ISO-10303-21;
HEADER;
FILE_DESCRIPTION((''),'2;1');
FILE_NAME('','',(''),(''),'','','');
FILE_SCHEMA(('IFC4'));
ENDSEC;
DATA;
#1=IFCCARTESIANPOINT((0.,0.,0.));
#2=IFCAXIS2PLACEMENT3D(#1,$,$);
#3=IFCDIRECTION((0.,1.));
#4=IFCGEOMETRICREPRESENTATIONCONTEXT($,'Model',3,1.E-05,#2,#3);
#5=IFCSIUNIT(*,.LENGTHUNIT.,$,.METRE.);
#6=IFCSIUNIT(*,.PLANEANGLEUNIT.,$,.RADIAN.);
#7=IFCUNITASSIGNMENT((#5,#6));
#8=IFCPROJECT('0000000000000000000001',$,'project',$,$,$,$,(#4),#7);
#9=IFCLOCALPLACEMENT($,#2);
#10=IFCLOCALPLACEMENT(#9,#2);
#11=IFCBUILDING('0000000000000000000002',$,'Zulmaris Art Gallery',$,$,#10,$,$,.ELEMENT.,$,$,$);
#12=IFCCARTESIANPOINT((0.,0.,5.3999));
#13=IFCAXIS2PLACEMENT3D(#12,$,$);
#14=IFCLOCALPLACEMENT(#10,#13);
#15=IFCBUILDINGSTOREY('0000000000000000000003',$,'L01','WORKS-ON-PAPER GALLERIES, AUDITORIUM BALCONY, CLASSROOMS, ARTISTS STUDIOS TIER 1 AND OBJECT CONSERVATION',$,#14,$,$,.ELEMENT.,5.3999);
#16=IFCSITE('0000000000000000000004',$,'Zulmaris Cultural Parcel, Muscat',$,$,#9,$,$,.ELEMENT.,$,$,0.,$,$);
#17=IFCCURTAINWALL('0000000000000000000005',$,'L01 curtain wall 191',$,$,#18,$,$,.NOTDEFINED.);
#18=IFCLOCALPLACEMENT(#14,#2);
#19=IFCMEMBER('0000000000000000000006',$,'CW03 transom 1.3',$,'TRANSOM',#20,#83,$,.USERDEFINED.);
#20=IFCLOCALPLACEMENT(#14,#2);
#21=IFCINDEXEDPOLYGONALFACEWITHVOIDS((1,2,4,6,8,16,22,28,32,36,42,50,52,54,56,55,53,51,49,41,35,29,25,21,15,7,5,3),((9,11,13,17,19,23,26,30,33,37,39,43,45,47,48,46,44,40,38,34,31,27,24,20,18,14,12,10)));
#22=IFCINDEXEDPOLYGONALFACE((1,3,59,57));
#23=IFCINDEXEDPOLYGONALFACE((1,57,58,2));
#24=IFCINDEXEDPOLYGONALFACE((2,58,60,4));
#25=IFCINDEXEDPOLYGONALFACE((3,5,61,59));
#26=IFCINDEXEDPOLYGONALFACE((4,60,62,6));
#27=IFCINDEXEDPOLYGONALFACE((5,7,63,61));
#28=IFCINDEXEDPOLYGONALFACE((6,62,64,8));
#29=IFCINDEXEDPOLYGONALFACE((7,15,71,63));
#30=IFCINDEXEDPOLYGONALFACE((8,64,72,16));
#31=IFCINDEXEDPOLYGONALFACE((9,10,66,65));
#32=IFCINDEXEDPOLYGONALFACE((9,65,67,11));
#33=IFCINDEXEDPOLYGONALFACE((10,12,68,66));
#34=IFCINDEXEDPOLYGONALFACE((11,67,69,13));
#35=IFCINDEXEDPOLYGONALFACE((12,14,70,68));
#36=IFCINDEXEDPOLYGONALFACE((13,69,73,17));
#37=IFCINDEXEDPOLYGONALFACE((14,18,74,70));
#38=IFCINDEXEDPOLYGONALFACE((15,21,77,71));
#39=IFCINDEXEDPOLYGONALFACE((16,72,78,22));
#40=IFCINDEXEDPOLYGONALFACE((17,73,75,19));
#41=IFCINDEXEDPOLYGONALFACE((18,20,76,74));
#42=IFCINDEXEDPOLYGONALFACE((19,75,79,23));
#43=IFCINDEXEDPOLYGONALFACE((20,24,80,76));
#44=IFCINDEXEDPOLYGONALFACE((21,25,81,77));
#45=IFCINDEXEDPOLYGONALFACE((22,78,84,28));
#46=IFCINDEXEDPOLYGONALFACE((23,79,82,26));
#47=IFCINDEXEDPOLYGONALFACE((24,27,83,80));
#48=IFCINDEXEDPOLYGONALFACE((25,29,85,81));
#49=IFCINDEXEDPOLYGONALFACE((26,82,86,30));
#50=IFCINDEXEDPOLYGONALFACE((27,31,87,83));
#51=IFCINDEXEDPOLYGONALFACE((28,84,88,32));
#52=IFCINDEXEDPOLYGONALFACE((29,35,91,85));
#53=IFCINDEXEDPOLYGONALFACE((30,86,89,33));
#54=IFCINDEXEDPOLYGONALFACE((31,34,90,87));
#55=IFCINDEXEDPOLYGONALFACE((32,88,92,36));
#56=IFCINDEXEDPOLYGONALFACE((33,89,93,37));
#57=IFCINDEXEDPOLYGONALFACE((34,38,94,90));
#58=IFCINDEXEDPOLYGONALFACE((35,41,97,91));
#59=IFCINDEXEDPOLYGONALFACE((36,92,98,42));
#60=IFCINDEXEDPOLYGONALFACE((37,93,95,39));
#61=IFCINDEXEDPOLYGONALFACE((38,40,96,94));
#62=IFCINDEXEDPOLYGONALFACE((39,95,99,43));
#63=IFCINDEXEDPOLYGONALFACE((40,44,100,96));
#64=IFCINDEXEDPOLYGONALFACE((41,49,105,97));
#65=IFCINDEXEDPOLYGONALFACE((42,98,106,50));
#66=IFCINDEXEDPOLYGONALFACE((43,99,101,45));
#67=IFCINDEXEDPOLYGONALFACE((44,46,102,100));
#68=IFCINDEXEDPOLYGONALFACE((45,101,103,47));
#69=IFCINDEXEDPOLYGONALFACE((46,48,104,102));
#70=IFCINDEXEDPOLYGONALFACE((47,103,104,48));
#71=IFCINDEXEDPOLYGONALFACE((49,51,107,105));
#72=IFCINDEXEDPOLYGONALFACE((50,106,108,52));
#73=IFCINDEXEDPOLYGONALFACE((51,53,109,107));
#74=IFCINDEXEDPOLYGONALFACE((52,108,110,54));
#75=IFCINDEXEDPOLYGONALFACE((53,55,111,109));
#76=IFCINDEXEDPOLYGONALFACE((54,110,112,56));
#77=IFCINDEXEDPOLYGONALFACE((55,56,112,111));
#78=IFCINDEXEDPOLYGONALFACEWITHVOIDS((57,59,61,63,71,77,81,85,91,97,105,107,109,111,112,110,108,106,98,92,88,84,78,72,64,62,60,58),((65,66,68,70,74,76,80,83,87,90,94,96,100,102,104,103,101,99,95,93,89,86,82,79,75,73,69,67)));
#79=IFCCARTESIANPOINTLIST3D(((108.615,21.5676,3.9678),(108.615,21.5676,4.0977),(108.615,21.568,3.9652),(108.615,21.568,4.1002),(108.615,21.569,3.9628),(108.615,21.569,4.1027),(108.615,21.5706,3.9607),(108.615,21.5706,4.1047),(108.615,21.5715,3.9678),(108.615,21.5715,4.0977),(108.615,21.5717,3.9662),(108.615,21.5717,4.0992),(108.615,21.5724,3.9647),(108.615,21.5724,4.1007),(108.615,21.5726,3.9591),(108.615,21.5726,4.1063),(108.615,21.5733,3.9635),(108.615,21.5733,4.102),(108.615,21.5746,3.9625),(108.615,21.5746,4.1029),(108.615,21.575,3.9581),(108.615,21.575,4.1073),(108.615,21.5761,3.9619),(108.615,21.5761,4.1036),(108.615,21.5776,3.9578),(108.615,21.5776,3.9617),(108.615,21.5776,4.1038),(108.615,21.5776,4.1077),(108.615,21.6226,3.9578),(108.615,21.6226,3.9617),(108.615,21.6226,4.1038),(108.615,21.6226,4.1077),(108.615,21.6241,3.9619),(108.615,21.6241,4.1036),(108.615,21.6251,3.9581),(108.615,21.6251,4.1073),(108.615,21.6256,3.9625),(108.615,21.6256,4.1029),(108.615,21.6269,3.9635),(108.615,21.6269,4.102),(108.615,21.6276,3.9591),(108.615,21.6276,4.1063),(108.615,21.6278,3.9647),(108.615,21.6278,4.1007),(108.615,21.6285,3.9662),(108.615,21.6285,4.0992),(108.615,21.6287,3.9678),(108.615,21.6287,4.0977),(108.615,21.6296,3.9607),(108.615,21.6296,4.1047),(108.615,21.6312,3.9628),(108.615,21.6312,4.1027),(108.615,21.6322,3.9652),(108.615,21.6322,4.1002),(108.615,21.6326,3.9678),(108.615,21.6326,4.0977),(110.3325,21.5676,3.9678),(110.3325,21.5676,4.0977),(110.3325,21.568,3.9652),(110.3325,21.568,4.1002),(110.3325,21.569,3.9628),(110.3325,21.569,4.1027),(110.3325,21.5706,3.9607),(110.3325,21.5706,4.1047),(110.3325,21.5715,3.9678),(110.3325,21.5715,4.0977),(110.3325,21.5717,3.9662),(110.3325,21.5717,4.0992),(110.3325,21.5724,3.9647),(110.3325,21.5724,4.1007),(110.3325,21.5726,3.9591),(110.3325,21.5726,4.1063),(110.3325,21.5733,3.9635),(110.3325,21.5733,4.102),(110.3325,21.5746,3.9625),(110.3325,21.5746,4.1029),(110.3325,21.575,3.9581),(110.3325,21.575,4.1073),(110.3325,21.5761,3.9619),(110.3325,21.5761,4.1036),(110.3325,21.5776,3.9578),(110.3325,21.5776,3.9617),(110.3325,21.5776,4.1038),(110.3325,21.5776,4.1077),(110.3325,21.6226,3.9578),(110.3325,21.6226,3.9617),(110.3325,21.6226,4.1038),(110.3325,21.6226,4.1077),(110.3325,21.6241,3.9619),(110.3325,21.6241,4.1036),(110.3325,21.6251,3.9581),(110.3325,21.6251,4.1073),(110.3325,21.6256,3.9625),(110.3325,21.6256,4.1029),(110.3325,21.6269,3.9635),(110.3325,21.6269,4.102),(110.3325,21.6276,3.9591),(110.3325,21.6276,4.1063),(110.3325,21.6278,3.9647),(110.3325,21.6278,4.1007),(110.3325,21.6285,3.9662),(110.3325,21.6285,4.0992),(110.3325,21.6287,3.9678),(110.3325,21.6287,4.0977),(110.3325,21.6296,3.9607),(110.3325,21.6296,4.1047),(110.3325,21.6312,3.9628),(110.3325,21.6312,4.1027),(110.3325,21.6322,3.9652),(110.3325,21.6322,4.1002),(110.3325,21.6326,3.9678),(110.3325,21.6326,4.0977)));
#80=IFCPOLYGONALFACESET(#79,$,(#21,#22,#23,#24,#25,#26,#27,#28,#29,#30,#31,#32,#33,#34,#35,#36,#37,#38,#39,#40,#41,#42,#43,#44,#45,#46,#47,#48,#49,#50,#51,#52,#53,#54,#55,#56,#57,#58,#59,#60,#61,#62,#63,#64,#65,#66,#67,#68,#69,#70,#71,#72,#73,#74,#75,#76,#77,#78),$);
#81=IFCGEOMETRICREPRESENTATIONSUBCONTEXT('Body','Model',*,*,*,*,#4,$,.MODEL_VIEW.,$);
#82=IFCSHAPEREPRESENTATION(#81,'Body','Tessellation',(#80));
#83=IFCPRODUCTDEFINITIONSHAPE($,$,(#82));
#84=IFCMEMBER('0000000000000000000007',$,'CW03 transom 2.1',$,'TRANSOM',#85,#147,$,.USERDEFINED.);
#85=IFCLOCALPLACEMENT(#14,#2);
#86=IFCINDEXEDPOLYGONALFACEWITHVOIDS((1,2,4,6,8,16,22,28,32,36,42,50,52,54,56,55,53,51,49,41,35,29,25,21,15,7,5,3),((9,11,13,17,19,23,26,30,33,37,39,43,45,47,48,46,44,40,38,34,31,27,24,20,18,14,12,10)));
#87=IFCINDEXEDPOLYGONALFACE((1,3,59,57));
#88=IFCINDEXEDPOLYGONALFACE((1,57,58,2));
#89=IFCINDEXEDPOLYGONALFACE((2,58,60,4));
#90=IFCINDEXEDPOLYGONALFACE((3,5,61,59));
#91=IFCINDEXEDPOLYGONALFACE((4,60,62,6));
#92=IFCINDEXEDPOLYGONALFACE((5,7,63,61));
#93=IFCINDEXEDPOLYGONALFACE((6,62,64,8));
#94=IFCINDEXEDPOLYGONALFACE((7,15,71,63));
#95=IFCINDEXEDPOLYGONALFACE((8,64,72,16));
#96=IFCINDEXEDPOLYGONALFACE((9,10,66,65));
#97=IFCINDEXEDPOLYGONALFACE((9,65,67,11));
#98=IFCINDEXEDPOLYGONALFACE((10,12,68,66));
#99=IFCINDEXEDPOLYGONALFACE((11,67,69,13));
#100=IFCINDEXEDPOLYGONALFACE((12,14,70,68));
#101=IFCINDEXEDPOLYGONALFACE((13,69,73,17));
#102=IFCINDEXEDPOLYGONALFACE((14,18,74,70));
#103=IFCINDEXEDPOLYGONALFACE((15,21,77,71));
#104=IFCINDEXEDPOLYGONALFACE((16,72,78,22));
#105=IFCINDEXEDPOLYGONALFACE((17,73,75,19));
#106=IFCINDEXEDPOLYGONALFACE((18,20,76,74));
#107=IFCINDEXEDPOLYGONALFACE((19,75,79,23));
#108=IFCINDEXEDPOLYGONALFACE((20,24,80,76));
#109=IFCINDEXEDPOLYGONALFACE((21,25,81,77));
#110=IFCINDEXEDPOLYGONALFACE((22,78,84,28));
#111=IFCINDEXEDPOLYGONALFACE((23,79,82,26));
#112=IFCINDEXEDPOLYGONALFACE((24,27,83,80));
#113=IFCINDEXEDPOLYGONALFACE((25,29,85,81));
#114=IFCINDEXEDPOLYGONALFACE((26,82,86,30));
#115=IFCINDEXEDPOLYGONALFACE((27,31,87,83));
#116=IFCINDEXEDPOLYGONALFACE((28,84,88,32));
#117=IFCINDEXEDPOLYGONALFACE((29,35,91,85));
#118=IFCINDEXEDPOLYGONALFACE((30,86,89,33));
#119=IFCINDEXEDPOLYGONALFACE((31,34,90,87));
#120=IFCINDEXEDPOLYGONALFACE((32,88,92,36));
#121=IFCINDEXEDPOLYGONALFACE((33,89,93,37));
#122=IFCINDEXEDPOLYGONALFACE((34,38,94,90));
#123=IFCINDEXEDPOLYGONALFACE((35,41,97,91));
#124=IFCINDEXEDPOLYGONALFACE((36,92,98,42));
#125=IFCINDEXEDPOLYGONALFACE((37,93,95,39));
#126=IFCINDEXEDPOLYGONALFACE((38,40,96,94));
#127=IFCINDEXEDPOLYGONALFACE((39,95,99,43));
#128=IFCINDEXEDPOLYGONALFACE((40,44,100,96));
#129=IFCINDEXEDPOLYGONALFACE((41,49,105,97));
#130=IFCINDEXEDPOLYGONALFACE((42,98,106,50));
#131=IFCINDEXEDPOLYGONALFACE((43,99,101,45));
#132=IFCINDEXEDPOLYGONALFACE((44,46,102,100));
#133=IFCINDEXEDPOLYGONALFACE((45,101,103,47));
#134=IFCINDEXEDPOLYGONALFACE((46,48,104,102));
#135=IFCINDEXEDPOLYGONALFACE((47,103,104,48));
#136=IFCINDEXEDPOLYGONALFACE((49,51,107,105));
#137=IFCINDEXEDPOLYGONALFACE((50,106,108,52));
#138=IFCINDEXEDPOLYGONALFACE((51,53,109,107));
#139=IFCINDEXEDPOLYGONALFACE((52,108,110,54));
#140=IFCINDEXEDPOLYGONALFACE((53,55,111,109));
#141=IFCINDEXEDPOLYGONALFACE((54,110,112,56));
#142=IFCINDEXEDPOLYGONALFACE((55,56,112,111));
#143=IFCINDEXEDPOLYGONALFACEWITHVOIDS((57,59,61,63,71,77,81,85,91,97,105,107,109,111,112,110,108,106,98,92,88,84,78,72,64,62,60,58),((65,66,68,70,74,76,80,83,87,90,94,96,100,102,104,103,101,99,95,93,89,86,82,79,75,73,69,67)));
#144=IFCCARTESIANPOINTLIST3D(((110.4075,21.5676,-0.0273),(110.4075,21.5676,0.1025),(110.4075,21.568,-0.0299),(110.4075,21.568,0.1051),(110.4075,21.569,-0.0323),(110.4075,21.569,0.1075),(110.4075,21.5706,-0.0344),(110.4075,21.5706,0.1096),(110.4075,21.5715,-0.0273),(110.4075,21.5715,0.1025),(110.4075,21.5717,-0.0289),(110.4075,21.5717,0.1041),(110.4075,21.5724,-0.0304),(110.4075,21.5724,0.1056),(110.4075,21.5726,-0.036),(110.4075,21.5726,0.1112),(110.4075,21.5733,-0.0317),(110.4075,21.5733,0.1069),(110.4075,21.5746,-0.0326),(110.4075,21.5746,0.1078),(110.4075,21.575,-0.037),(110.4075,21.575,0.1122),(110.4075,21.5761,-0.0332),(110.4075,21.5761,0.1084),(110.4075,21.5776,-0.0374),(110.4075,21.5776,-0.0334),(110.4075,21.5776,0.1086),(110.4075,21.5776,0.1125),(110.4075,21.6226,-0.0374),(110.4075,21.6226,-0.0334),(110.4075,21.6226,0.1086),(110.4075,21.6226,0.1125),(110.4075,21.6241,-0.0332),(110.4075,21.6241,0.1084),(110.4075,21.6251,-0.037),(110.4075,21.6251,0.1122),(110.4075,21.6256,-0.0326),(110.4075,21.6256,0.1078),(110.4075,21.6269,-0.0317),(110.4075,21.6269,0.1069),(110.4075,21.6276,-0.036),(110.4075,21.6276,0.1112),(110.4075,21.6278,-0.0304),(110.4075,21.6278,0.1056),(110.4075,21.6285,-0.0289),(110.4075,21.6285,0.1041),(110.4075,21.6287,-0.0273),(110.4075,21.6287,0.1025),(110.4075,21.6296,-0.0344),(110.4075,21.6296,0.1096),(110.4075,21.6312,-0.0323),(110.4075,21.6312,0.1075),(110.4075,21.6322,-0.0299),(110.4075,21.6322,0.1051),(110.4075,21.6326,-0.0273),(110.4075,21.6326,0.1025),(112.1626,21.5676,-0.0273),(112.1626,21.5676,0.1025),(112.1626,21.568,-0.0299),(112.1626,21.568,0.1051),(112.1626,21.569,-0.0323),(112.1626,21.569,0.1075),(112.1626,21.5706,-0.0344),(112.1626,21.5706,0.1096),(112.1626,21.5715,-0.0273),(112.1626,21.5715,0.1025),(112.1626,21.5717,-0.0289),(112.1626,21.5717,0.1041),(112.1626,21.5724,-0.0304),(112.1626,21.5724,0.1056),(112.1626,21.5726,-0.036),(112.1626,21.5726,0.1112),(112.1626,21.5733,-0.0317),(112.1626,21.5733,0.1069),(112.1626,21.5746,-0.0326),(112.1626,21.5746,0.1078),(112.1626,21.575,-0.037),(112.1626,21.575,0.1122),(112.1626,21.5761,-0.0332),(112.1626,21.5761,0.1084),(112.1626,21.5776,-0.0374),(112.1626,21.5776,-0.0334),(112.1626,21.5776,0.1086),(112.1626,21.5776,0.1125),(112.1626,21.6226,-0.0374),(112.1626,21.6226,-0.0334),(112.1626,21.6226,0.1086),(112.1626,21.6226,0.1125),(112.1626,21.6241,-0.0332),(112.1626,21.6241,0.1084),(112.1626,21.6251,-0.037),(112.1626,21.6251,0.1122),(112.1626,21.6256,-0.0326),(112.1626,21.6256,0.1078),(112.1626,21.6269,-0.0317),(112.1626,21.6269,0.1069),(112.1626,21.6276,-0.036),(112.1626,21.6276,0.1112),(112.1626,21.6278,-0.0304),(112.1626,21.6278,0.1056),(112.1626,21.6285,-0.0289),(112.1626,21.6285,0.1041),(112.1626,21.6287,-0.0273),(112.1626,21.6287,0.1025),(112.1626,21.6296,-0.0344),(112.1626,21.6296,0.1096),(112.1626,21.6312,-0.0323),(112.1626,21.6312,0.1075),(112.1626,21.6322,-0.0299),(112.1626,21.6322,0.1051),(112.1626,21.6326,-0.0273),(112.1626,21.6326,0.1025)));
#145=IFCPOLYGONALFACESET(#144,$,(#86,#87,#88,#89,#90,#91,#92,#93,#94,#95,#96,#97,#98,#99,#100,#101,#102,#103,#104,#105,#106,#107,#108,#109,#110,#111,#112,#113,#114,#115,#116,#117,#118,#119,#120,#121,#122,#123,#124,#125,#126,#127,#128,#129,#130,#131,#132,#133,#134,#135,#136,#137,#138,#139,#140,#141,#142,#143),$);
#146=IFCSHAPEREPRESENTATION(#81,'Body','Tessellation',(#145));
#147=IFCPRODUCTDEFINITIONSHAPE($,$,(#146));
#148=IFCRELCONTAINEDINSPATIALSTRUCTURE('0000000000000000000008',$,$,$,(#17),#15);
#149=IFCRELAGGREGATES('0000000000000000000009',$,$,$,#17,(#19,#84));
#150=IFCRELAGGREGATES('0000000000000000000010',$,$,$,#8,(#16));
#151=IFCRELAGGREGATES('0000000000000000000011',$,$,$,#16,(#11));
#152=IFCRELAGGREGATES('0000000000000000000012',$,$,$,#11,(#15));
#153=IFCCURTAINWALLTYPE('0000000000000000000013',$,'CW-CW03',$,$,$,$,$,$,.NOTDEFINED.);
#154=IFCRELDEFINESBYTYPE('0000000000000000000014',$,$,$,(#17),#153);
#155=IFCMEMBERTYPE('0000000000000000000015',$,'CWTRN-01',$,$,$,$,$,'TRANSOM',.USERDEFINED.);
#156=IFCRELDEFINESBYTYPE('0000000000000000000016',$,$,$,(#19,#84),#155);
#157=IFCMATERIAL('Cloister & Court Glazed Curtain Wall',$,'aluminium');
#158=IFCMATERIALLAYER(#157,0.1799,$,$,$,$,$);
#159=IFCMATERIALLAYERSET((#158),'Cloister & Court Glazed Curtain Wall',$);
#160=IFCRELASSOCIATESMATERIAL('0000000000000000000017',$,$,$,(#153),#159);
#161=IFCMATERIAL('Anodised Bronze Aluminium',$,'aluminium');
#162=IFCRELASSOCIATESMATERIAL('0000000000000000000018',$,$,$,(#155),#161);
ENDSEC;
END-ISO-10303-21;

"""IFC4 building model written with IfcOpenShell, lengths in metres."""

from ifc_helpers import new_model, si_unit, direction, frame, origin, origin_2d, place, context, subcontext, project, spatial, hollow_rectangle, extrude, material, layer, layer_set, material_profile, profile_set, type_object, element, aggregate, save


model = new_model("IFC4")

# Units and contexts
model_context = context("Model", 3, precision=1e-05, world=origin(), true_north=direction((0.0, 1.0)))
body_context = subcontext(model_context, "Body", "Model", "MODEL_VIEW")
ifc_project = project(units=[si_unit("LENGTHUNIT", "METRE"), si_unit("PLANEANGLEUNIT", "RADIAN")], contexts=[model_context])

# Site, building, storey
site_placement = place(None, origin())
site = spatial("IfcSite", under=ifc_project, at=site_placement, Name="Zulmaris Cultural Parcel, Muscat", CompositionType="ELEMENT", RefElevation=0.0)
building_placement = place(site_placement, origin())
building = spatial("IfcBuilding", under=site, at=building_placement, Name="Zulmaris Art Gallery", CompositionType="ELEMENT")
storey_placement = place(building_placement, frame((0.0, 0.0, 5.3999)))
storey = spatial("IfcBuildingStorey", under=building, at=storey_placement, Name="L01", Description="WORKS-ON-PAPER GALLERIES, AUDITORIUM BALCONY, CLASSROOMS, ARTISTS STUDIOS TIER 1 AND OBJECT CONSERVATION", CompositionType="ELEMENT", Elevation=5.3999)

# Shared definitions
ifc_material_1 = material(Name="Cloister & Court Glazed Curtain Wall", Category="aluminium")
ifc_layer_1 = layer(ifc_material_1, 0.1799)
ifc_layer_set_1 = layer_set([ifc_layer_1], Name="Cloister & Court Glazed Curtain Wall")
curtain_wall_type = type_object("IfcCurtainWallType", Name="CW-CW03", PredefinedType="NOTDEFINED", material=ifc_layer_set_1)
ifc_material_2 = material(Name="Anodised Bronze Aluminium", Category="aluminium")

# Curtain wall, members
curtain_wall_1_placement = place(storey_placement, origin())
curtain_wall_1 = element("IfcCurtainWall", 1, at=curtain_wall_1_placement, inside=storey, type_object=curtain_wall_type, Name="L01 curtain wall 191", PredefinedType="NOTDEFINED")
ifc_material_profile_1 = material_profile(ifc_material_2, hollow_rectangle(XDim=0.0649, YDim=0.1499, WallThickness=0.0039, InnerFilletRadius=0.0061, OuterFilletRadius=0.01, at=origin_2d()), Name="ALU 65x150x4")
ifc_profile_set_1 = profile_set([ifc_material_profile_1], Name="Anodised Bronze Aluminium")
member_type_1 = type_object("IfcMemberType", Name="CWTRN-01", ElementType="TRANSOM", PredefinedType="USERDEFINED", material=ifc_profile_set_1)
member_1_placement = place(storey_placement, frame((108.615, 21.6001, 4.0327), z_axis=(1.0, 0.0, 0.0), x_axis=(0.0, 1.0, 0.0)))
member_1 = element("IfcMember", 2, at=member_1_placement, type_object=member_type_1, Name="CW03 transom 1.3", ObjectType="TRANSOM", PredefinedType="USERDEFINED", context=body_context, shape_type="SweptSolid", body=[
    extrude(hollow_rectangle(XDim=0.0649, YDim=0.1499, WallThickness=0.0039, InnerFilletRadius=0.0061, OuterFilletRadius=0.01, at=origin_2d()), origin(), (0.0, 0.0, 1.0), 1.7175),
])
member_2_placement = place(storey_placement, frame((110.4075, 21.6001, 0.0376), z_axis=(1.0, 0.0, 0.0), x_axis=(0.0, 1.0, 0.0)))
member_2 = element("IfcMember", 3, at=member_2_placement, type_object=member_type_1, Name="CW03 transom 2.1", ObjectType="TRANSOM", PredefinedType="USERDEFINED", context=body_context, shape_type="SweptSolid", body=[
    extrude(hollow_rectangle(XDim=0.0649, YDim=0.1499, WallThickness=0.0039, InnerFilletRadius=0.0061, OuterFilletRadius=0.01, at=origin_2d()), origin(), (0.0, 0.0, 1.0), 1.7551),
])

aggregate(curtain_wall_1, [member_1, member_2])

save(model, "model.ifc")
